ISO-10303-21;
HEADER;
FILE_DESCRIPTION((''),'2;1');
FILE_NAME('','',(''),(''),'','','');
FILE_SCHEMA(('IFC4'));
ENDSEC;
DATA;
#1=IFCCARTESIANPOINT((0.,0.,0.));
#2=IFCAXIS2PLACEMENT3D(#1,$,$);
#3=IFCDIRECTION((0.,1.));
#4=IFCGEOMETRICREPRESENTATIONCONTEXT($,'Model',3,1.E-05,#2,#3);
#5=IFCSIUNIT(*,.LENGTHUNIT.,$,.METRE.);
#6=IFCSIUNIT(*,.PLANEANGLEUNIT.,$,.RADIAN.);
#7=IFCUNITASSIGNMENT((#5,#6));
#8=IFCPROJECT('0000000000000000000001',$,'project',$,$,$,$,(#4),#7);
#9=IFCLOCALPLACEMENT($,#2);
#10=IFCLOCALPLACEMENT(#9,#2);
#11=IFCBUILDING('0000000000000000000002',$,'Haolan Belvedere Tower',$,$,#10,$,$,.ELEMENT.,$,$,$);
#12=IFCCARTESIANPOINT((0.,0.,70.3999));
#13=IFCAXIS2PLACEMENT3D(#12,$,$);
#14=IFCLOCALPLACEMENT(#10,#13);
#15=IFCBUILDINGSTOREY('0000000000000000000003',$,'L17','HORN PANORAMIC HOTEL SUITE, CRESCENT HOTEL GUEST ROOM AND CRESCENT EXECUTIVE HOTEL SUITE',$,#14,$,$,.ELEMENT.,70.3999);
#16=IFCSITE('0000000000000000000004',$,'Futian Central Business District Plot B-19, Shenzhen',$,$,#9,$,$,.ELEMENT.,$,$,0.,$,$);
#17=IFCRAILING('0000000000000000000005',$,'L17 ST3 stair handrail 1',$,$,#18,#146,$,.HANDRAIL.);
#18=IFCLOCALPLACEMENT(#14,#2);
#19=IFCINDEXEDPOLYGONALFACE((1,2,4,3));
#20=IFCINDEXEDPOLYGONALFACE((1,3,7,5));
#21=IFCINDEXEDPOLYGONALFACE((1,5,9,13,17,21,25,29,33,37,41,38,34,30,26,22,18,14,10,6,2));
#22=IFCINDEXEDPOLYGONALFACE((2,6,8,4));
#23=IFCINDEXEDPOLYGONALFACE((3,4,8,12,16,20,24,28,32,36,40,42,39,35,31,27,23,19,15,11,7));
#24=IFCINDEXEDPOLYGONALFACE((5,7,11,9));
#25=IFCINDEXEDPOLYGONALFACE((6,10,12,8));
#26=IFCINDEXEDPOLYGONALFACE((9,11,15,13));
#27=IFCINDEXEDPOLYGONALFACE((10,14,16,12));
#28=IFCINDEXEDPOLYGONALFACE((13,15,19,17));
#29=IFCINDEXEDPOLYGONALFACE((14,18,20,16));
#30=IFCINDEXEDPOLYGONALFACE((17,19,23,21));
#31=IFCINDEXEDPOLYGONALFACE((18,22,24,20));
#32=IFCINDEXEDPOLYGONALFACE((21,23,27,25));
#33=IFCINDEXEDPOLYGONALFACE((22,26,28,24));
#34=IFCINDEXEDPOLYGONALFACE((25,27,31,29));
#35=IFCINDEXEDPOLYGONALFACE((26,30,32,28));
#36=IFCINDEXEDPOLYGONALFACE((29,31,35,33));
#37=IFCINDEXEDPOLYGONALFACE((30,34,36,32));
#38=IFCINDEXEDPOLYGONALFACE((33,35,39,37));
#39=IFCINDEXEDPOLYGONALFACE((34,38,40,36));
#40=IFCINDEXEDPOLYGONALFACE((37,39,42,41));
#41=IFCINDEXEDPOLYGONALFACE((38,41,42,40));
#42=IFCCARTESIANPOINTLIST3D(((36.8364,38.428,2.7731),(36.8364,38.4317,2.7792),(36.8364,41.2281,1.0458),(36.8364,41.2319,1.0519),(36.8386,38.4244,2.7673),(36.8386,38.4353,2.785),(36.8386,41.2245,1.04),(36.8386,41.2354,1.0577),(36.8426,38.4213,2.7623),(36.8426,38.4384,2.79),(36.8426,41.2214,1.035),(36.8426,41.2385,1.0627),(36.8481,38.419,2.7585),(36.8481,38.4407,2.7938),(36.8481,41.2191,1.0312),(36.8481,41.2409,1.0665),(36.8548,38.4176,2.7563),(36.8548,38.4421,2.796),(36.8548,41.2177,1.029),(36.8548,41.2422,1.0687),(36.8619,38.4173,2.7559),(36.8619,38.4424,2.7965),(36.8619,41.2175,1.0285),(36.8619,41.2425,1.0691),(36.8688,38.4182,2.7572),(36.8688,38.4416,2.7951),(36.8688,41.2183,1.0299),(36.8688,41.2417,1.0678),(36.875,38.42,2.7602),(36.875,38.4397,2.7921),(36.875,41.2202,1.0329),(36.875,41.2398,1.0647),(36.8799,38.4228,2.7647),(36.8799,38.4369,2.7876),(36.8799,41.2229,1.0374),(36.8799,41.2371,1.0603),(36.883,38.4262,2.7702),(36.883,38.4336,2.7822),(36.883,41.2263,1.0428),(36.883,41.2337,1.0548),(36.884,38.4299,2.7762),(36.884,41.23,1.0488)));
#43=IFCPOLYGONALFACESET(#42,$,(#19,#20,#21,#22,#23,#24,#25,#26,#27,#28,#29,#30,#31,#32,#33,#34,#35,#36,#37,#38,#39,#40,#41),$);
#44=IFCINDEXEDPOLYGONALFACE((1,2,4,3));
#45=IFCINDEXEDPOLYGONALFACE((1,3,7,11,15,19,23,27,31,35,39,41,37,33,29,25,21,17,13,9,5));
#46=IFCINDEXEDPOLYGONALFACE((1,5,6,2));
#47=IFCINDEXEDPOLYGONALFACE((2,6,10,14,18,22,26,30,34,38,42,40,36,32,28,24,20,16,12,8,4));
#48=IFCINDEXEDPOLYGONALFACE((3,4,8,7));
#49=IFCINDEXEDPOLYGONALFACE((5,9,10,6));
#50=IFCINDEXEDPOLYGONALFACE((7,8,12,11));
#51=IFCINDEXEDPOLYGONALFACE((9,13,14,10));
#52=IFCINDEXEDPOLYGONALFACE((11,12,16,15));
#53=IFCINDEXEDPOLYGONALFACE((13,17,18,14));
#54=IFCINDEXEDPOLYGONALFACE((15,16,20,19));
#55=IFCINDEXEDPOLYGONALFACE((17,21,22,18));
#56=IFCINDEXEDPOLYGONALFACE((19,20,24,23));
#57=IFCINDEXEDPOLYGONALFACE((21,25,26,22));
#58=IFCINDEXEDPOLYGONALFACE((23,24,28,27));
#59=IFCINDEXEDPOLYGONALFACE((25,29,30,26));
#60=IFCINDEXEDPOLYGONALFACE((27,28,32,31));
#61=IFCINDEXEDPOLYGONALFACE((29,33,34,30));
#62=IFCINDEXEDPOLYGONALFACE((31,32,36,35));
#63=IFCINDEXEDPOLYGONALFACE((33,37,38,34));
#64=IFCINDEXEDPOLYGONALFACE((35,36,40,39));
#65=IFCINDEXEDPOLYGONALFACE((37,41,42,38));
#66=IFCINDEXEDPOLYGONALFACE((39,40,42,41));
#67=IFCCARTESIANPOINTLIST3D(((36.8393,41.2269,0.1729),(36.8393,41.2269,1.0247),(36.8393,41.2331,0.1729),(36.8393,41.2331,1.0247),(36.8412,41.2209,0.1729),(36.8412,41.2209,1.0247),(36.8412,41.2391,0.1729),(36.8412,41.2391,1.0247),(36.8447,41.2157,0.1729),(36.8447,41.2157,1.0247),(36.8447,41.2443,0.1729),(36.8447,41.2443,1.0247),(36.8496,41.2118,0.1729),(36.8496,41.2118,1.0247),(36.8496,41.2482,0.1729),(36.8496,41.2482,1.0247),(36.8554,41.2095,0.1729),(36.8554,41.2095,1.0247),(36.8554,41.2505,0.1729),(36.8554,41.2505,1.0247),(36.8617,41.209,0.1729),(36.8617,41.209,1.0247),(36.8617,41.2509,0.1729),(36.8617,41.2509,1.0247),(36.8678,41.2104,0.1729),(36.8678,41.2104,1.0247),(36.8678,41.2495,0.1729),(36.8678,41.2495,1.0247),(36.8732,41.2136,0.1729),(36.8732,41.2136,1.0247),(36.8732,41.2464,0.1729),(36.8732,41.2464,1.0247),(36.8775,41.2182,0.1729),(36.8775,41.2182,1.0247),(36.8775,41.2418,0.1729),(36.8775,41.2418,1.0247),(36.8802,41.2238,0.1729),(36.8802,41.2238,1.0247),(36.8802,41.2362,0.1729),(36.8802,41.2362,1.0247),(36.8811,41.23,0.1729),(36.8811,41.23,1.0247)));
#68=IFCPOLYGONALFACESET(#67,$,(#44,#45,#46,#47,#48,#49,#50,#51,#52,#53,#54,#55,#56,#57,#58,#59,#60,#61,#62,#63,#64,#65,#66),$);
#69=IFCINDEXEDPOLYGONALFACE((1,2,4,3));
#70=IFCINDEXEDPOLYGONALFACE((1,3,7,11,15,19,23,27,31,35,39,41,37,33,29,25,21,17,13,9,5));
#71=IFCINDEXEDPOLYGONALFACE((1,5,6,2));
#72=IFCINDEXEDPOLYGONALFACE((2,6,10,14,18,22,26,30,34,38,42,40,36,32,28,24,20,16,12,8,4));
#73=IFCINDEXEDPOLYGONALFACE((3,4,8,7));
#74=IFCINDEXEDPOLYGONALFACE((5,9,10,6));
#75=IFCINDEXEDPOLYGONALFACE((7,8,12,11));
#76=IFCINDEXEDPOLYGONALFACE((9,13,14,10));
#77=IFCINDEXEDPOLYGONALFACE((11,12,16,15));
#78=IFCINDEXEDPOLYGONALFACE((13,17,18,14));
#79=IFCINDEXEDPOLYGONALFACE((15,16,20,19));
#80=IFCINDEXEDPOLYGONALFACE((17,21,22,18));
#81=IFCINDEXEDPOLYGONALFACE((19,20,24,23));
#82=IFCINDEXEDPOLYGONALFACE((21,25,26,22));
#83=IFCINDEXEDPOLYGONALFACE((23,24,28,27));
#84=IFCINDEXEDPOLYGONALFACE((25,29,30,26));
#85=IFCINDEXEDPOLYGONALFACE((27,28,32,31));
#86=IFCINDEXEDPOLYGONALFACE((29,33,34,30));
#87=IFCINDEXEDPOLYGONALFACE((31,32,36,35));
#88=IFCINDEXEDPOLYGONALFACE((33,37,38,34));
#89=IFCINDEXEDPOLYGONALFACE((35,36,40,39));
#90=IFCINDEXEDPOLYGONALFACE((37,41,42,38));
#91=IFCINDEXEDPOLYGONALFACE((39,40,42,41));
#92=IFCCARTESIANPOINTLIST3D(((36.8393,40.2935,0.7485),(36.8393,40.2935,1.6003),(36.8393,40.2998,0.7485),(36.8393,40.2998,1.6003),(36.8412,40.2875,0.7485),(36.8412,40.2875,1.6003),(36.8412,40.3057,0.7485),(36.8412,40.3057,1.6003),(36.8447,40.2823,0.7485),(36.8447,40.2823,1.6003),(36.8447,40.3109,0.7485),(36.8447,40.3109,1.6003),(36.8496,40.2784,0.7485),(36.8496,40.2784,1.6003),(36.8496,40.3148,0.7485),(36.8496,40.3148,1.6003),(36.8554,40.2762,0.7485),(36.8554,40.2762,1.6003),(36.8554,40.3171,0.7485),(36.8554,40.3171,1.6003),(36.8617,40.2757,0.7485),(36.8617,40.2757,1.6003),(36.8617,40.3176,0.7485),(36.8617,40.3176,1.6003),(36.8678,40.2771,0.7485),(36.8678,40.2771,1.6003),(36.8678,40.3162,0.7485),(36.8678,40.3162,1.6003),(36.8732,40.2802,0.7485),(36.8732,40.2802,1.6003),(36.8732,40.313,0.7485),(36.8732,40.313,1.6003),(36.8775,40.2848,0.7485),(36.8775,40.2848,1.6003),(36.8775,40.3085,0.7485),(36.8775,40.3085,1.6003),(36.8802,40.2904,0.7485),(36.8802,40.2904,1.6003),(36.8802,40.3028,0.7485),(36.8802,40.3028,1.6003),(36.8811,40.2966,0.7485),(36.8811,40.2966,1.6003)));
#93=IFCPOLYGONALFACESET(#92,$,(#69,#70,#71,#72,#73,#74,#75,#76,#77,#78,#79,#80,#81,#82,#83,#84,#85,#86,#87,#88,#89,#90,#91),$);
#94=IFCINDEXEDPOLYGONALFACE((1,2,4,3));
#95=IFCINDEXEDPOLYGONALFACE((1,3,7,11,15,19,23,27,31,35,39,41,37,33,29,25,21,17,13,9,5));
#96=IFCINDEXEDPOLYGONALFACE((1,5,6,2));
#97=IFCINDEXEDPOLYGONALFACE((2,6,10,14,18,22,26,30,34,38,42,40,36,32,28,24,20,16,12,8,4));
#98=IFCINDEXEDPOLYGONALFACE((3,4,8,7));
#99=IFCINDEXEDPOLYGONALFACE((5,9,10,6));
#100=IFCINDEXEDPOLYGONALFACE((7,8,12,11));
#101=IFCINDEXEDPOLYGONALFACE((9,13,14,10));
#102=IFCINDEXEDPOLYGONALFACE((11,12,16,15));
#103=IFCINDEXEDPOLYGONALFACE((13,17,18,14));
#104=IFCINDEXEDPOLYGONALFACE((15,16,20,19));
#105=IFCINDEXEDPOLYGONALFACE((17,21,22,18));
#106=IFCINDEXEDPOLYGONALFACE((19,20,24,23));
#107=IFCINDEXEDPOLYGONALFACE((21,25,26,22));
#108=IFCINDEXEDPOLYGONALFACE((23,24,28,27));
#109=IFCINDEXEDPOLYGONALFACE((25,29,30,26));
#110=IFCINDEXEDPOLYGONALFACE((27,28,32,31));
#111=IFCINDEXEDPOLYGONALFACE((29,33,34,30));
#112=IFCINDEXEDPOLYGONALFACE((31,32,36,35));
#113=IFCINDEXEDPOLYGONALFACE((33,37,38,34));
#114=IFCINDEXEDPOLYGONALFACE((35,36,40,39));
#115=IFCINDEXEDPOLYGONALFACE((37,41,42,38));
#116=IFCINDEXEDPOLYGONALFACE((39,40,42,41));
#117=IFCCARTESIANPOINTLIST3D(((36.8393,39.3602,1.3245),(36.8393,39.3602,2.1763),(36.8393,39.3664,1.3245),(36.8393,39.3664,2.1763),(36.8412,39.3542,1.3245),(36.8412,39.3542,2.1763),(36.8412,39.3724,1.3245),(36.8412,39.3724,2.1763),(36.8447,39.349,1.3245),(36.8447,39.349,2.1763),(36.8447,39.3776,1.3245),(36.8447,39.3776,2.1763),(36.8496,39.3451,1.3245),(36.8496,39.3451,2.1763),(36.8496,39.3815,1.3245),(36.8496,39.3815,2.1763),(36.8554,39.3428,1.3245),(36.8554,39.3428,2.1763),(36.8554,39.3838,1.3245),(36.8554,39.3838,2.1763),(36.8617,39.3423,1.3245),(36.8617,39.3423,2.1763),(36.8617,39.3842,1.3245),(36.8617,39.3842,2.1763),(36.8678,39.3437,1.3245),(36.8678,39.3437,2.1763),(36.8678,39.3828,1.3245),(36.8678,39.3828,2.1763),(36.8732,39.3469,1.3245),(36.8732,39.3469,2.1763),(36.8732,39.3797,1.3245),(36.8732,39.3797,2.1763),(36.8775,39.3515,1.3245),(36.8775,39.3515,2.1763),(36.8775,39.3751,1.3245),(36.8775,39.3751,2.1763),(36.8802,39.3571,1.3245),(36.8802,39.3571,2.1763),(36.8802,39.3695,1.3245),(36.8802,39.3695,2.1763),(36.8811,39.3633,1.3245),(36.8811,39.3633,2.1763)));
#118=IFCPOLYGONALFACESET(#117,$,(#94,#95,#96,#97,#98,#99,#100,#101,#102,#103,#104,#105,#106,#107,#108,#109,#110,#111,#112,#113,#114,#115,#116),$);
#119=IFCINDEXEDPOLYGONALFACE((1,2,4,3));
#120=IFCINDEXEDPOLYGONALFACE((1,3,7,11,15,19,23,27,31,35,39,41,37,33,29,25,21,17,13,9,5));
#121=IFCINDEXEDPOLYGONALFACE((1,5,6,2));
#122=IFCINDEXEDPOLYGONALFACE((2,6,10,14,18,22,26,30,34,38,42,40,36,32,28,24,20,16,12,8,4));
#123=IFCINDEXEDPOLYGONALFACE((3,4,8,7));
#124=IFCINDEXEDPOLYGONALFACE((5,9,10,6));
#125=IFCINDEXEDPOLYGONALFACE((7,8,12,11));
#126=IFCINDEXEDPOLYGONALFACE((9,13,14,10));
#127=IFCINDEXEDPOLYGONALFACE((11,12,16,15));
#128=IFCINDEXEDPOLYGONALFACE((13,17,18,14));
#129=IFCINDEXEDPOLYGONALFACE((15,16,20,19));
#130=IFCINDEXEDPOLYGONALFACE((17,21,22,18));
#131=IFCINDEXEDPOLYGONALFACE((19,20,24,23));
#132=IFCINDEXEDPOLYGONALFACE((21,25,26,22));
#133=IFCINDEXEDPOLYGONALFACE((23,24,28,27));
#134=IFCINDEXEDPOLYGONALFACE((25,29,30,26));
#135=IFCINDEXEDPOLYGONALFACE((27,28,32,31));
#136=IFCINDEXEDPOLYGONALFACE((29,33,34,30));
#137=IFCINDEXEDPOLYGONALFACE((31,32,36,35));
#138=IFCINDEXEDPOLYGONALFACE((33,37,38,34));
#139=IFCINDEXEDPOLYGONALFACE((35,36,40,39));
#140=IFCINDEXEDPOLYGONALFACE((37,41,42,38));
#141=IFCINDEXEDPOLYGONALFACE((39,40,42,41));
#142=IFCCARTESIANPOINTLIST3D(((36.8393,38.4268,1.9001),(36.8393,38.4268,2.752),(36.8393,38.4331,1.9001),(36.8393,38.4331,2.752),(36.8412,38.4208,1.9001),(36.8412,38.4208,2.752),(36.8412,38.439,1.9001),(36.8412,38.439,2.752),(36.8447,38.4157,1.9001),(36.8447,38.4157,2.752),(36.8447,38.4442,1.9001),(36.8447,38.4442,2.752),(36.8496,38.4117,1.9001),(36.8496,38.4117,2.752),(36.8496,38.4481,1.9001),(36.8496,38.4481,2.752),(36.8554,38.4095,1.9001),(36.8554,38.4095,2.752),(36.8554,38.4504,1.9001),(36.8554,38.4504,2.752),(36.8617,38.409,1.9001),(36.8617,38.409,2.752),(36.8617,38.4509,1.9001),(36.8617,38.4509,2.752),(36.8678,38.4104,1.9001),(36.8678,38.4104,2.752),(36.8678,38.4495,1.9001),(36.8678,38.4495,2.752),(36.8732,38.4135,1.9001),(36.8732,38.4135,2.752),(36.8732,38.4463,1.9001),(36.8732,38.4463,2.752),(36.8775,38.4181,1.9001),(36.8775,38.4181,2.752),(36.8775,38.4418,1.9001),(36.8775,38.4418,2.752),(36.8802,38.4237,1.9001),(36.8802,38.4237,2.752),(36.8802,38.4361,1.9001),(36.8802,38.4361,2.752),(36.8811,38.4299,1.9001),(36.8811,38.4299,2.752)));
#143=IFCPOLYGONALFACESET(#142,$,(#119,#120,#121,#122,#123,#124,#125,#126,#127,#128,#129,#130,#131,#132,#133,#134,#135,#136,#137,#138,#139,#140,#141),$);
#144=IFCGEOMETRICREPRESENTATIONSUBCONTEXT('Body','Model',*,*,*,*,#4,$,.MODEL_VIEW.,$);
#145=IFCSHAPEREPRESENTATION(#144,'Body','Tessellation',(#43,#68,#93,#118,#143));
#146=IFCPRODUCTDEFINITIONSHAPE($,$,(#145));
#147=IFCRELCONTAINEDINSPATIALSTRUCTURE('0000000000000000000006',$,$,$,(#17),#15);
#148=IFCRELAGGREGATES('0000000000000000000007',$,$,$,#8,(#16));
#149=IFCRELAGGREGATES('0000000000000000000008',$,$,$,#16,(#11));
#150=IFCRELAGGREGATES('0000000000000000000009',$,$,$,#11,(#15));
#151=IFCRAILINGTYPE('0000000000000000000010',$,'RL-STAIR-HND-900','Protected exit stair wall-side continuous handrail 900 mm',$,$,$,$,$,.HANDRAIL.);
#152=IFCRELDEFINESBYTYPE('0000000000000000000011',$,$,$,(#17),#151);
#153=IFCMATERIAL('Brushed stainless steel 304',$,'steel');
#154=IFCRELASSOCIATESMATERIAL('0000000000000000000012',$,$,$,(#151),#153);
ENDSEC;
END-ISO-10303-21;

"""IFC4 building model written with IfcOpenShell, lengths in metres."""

from ifc_helpers import new_model, si_unit, direction, frame, origin, origin_2d, place, context, subcontext, project, spatial, circle, extrude, material, type_object, element, save


model = new_model("IFC4")

# Units and contexts
model_context = context("Model", 3, precision=1e-05, world=origin(), true_north=direction((0.0, 1.0)))
body_context = subcontext(model_context, "Body", "Model", "MODEL_VIEW")
ifc_project = project(units=[si_unit("LENGTHUNIT", "METRE"), si_unit("PLANEANGLEUNIT", "RADIAN")], contexts=[model_context])

# Site, building, storey
site_placement = place(None, origin())
site = spatial("IfcSite", under=ifc_project, at=site_placement, Name="Futian Central Business District Plot B-19, Shenzhen", CompositionType="ELEMENT", RefElevation=0.0)
building_placement = place(site_placement, origin())
building = spatial("IfcBuilding", under=site, at=building_placement, Name="Haolan Belvedere Tower", CompositionType="ELEMENT")
storey_placement = place(building_placement, frame((0.0, 0.0, 70.3999)))
storey = spatial("IfcBuildingStorey", under=building, at=storey_placement, Name="L17", Description="HORN PANORAMIC HOTEL SUITE, CRESCENT HOTEL GUEST ROOM AND CRESCENT EXECUTIVE HOTEL SUITE", CompositionType="ELEMENT", Elevation=70.3999)

# Railing
ifc_material_1 = material(Name="Brushed stainless steel 304", Category="steel")
railing_type_1 = type_object("IfcRailingType", Name="RL-STAIR-HND-900", Description="Protected exit stair wall-side continuous handrail 900 mm", PredefinedType="HANDRAIL", material=ifc_material_1)
railing_1_placement = place(storey_placement, frame((36.8601, 41.23, 0.1729)))
element("IfcRailing", 1, at=railing_1_placement, inside=storey, type_object=railing_type_1, Name="L17 ST3 stair handrail 1", PredefinedType="HANDRAIL", context=body_context, shape_type="SweptSolid", body=[
    extrude(circle(Radius=0.0239, at=origin_2d()), frame((0.0, 0.0, 0.876), z_axis=(0.0, -0.85109, 0.52502), x_axis=(1.0, 0.0, 0.0)), (0.0, 0.0, 1.0), 3.29),
    extrude(circle(Radius=0.021, at=origin_2d()), origin(), (0.0, 0.0, 1.0), 0.8518),
    extrude(circle(Radius=0.021, at=origin_2d()), frame((0.0, -0.9333, 0.5757)), (0.0, 0.0, 1.0), 0.8518),
    extrude(circle(Radius=0.021, at=origin_2d()), frame((0.0, -1.8667, 1.1516)), (0.0, 0.0, 1.0), 0.8518),
    extrude(circle(Radius=0.021, at=origin_2d()), frame((0.0, -2.8, 1.7273)), (0.0, 0.0, 1.0), 0.8518),
])

save(model, "model.ifc")
